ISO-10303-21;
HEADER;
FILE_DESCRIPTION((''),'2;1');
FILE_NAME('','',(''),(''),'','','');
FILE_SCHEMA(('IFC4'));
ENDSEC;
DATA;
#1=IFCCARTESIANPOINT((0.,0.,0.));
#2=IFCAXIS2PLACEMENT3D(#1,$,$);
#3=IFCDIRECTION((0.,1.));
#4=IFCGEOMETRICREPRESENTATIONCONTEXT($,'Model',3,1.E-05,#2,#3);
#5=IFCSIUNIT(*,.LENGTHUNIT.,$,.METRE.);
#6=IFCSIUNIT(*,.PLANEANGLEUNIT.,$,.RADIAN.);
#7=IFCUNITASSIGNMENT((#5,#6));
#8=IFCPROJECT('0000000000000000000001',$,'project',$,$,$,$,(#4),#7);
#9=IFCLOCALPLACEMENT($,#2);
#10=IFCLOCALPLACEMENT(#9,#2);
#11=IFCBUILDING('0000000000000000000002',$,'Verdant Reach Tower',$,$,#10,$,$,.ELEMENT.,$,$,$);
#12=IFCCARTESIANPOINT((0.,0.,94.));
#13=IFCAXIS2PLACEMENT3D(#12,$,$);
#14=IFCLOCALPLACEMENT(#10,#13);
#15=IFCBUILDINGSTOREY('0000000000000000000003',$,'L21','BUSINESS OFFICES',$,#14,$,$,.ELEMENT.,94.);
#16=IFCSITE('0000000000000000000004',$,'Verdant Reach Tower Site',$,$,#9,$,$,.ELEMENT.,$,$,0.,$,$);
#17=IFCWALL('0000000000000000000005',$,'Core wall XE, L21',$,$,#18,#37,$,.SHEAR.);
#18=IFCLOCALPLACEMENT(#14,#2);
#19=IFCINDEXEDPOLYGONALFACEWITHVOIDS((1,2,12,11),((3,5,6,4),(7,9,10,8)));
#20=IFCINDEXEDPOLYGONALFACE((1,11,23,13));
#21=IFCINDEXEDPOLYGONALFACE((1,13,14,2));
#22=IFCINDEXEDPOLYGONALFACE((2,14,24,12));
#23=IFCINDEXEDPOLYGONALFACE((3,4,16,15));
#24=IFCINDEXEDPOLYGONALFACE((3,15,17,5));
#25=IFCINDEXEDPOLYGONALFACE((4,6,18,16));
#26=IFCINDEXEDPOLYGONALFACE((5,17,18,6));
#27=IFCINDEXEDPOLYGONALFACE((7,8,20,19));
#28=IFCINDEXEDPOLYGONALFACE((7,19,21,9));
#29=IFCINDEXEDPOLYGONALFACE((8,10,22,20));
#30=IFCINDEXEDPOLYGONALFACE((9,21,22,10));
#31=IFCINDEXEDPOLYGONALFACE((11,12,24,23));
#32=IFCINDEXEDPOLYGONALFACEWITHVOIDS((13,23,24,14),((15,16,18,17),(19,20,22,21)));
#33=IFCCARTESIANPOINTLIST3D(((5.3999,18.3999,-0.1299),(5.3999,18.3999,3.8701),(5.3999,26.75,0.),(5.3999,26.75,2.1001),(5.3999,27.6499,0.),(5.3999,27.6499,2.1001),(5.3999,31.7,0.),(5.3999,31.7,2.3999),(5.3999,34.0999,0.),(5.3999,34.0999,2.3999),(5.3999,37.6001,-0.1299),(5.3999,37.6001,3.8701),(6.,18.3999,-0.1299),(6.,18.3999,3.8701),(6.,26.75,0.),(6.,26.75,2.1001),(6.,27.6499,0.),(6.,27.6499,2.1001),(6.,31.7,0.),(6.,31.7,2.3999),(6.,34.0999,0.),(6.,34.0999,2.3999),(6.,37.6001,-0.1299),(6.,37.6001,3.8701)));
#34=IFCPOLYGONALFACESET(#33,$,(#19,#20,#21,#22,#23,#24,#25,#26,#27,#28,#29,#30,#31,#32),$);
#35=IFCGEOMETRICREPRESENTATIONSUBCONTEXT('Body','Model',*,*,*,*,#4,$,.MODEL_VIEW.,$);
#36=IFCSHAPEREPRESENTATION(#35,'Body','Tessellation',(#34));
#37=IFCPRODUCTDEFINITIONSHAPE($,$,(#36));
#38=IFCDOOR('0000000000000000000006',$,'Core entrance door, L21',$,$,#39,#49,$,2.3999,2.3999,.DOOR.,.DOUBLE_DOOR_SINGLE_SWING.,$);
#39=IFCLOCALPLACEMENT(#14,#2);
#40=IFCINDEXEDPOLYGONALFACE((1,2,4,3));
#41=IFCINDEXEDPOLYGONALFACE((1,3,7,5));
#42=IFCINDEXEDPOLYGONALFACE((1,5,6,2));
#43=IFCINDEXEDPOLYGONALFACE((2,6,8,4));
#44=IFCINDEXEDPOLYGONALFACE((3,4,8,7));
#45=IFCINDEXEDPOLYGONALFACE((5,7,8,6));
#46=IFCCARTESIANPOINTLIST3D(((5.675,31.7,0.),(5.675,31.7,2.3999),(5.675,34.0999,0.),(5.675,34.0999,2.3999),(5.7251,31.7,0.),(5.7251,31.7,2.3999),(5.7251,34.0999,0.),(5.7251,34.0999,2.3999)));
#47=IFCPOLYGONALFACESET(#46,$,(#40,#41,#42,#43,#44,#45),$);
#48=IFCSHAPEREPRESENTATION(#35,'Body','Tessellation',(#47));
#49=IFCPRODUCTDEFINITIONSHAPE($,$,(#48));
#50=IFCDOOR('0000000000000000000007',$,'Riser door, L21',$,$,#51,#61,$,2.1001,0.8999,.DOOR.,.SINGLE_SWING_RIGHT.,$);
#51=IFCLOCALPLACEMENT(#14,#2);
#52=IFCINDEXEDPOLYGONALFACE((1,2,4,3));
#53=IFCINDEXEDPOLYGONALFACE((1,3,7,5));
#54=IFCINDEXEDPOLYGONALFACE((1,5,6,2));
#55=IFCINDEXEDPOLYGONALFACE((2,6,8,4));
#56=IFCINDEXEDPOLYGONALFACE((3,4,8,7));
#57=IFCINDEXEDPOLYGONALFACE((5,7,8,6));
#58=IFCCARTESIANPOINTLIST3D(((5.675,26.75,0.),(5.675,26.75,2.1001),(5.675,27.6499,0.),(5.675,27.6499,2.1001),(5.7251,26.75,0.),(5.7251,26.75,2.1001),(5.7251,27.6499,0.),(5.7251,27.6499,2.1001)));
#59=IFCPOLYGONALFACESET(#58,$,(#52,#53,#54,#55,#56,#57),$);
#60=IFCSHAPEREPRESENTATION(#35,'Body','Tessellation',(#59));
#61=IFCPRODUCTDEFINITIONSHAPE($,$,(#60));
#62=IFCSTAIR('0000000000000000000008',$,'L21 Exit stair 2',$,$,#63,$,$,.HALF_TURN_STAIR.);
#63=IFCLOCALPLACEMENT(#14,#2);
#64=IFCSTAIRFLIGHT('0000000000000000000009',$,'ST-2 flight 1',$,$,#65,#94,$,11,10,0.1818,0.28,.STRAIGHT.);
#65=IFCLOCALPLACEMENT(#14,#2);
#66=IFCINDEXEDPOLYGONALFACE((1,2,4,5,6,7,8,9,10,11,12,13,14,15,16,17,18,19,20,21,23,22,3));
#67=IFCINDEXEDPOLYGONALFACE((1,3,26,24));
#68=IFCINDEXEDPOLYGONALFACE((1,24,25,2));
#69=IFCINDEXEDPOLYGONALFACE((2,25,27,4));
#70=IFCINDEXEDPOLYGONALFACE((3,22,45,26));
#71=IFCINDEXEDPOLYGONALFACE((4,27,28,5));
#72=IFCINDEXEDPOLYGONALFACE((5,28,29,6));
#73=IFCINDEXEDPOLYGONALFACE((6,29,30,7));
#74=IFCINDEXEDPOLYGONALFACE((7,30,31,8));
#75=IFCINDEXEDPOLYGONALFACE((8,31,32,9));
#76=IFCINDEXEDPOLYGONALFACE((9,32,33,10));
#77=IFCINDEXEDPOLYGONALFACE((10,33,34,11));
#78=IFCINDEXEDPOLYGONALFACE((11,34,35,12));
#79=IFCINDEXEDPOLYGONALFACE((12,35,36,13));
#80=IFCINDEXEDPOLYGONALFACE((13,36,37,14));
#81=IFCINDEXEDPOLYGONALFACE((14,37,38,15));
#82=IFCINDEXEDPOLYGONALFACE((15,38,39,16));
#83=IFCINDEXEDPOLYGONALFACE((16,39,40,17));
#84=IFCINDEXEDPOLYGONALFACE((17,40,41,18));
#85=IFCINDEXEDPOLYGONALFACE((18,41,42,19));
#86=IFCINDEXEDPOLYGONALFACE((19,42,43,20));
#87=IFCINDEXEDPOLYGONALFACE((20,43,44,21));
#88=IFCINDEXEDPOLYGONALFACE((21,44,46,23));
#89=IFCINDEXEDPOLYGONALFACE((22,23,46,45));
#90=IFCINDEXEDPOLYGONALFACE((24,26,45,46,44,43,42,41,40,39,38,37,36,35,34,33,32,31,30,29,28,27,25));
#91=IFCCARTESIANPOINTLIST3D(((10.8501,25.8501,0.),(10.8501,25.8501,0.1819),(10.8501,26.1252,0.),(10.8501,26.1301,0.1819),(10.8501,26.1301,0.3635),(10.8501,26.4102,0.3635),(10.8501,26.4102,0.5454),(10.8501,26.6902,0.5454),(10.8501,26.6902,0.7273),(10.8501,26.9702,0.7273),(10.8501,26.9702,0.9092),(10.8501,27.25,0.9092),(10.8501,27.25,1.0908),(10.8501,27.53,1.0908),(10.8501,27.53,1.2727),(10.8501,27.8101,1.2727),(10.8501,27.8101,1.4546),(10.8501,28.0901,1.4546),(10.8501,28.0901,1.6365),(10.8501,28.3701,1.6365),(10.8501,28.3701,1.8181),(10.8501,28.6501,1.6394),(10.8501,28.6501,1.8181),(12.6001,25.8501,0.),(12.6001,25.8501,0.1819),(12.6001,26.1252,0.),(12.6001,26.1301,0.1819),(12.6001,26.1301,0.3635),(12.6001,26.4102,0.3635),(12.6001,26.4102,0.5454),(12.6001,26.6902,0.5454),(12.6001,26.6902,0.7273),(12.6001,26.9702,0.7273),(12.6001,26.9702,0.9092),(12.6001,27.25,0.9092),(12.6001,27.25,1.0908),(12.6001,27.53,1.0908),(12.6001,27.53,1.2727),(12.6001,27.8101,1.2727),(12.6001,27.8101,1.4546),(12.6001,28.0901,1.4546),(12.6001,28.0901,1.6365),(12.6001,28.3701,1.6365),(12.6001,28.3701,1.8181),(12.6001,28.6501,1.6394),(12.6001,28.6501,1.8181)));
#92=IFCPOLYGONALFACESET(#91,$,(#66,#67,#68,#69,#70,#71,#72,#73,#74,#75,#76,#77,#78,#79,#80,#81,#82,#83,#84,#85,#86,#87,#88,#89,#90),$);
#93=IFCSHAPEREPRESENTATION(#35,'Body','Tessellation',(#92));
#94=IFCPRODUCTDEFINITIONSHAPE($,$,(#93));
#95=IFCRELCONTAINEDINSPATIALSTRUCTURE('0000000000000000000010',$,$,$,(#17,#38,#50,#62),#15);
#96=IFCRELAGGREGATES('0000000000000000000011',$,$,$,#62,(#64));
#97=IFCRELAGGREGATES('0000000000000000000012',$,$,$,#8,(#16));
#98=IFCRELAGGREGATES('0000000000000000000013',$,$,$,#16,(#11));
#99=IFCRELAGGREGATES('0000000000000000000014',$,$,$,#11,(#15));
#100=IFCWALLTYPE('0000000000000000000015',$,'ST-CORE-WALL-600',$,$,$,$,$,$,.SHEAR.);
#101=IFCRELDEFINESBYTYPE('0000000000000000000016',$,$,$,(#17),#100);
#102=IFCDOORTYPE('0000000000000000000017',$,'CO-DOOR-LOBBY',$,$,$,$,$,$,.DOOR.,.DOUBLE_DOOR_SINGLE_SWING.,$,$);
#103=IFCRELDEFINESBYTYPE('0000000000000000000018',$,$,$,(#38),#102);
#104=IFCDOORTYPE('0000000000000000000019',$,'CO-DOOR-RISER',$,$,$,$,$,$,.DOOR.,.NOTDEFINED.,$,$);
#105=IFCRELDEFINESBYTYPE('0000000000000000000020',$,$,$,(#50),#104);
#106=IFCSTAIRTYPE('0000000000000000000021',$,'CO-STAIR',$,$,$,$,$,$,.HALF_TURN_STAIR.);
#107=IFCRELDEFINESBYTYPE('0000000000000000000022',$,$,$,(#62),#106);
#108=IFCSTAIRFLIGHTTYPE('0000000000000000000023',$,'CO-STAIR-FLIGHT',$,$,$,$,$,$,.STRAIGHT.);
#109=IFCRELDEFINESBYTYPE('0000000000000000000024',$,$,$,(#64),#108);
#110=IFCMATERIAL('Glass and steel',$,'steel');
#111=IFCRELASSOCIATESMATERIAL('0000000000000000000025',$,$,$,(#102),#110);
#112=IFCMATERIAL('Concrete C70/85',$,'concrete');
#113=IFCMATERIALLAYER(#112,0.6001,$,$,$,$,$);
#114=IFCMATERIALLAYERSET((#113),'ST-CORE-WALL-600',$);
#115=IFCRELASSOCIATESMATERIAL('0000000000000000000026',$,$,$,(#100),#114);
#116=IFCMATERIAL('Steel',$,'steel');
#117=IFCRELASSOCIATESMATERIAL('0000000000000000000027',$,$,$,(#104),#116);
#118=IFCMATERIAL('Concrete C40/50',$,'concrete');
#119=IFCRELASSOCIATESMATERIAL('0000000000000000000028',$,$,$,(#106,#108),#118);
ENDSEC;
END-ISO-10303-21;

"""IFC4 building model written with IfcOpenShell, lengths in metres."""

from ifc_helpers import new_model, si_unit, direction, frame, frame_2d, origin, place, context, subcontext, project, spatial, polyline, rectangle, outline, extrude, material, layer, layer_set, type_object, element, fill, aggregate, save


model = new_model("IFC4")

# Units and contexts
model_context = context("Model", 3, precision=1e-05, world=origin(), true_north=direction((0.0, 1.0)))
body_context = subcontext(model_context, "Body", "Model", "MODEL_VIEW")
ifc_project = project(units=[si_unit("LENGTHUNIT", "METRE"), si_unit("PLANEANGLEUNIT", "RADIAN")], contexts=[model_context])

# Site, building, storey
site_placement = place(None, origin())
site = spatial("IfcSite", under=ifc_project, at=site_placement, Name="Verdant Reach Tower Site", CompositionType="ELEMENT", RefElevation=0.0)
building_placement = place(site_placement, origin())
building = spatial("IfcBuilding", under=site, at=building_placement, Name="Verdant Reach Tower", CompositionType="ELEMENT")
storey_placement = place(building_placement, frame((0.0, 0.0, 94.0)))
storey = spatial("IfcBuildingStorey", under=building, at=storey_placement, Name="L21", Description="BUSINESS OFFICES", CompositionType="ELEMENT", Elevation=94.0)

# Shared definitions
ifc_material_1 = material(Name="Concrete C40/50", Category="concrete")

# Shared definitions
ifc_material_2 = material(Name="Steel", Category="steel")

# Wall, openings, doors
ifc_material_3 = material(Name="Concrete C70/85", Category="concrete")
ifc_material_4 = material(Name="Glass and steel", Category="steel")
door_type_1 = type_object("IfcDoorType", Name="CO-DOOR-LOBBY", OperationType="DOUBLE_DOOR_SINGLE_SWING", PredefinedType="DOOR", material=ifc_material_4)
ifc_layer_1 = layer(ifc_material_3, 0.6001)
ifc_layer_set_1 = layer_set([ifc_layer_1], Name="ST-CORE-WALL-600")
wall_type_1 = type_object("IfcWallType", Name="ST-CORE-WALL-600", PredefinedType="SHEAR", material=ifc_layer_set_1)
wall_1_placement = place(storey_placement, frame((5.7, 18.3999, -0.1299), z_axis=(0.0, 0.0, 1.0), x_axis=(0.0, 1.0, 0.0)))
wall_1 = element("IfcWall", 1, at=wall_1_placement, inside=storey, type_object=wall_type_1, Name="Core wall XE, L21", PredefinedType="SHEAR", context=body_context, shape_type="SweptSolid", body=[
    extrude(rectangle(XDim=19.2002, YDim=0.6001, at=frame_2d((9.6001, 0.0))), origin(), (0.0, 0.0, 1.0), 4.0),
])
opening_1_placement = place(wall_1_placement, frame((8.3501, 0.0, 0.1299)))
opening_1 = element("IfcOpeningElement", 2, at=opening_1_placement, cuts=wall_1, PredefinedType="OPENING", context=body_context, shape_type="SweptSolid", body=[
    extrude(rectangle(XDim=0.8999, YDim=2.1001, at=frame_2d((0.45, 1.05))), frame((0.0, 0.3101, 0.0), z_axis=(0.0, -1.0, 0.0), x_axis=(1.0, 0.0, 0.0)), (0.0, 0.0, 1.0), 0.6201),
])
opening_2_placement = place(wall_1_placement, frame((13.3, 0.0, 0.1299)))
opening_2 = element("IfcOpeningElement", 3, at=opening_2_placement, cuts=wall_1, PredefinedType="OPENING", context=body_context, shape_type="SweptSolid", body=[
    extrude(rectangle(XDim=2.3999, YDim=2.3999, at=frame_2d((1.2, 1.2))), frame((0.0, 0.3101, 0.0), z_axis=(0.0, -1.0, 0.0), x_axis=(1.0, 0.0, 0.0)), (0.0, 0.0, 1.0), 0.6201),
])
door_1_placement = place(opening_2_placement, origin())
door_1 = element("IfcDoor", 4, at=door_1_placement, inside=storey, type_object=door_type_1, Name="Core entrance door, L21", OperationType="DOUBLE_DOOR_SINGLE_SWING", OverallHeight=2.3999, OverallWidth=2.3999, PredefinedType="DOOR", context=body_context, shape_type="SweptSolid", body=[
    extrude(rectangle(XDim=2.3999, YDim=2.3999, at=frame_2d((1.2, 1.2))), frame((0.0, 0.0249, 0.0), z_axis=(0.0, -1.0, 0.0), x_axis=(1.0, 0.0, 0.0)), (0.0, 0.0, 1.0), 0.05),
])
fill(opening_2, door_1)
door_type_2 = type_object("IfcDoorType", Name="CO-DOOR-RISER", OperationType="NOTDEFINED", PredefinedType="DOOR", material=ifc_material_2)
door_2_placement = place(opening_1_placement, origin())
door_2 = element("IfcDoor", 5, at=door_2_placement, inside=storey, type_object=door_type_2, Name="Riser door, L21", OperationType="SINGLE_SWING_RIGHT", OverallHeight=2.1001, OverallWidth=0.8999, PredefinedType="DOOR", context=body_context, shape_type="SweptSolid", body=[
    extrude(rectangle(XDim=0.8999, YDim=2.1001, at=frame_2d((0.45, 1.05))), frame((0.0, 0.0249, 0.0), z_axis=(0.0, -1.0, 0.0), x_axis=(1.0, 0.0, 0.0)), (0.0, 0.0, 1.0), 0.05),
])
fill(opening_1, door_2)

# Stair, stair flight
stair_type = type_object("IfcStairType", Name="CO-STAIR", PredefinedType="HALF_TURN_STAIR", material=ifc_material_1)
stair_placement = place(storey_placement, origin())
stair = element("IfcStair", 6, at=stair_placement, inside=storey, type_object=stair_type, Name="L21 Exit stair 2", PredefinedType="HALF_TURN_STAIR")
stair_flight_type = type_object("IfcStairFlightType", Name="CO-STAIR-FLIGHT", PredefinedType="STRAIGHT", material=ifc_material_1)
stair_flight_placement = place(storey_placement, frame((11.7251, 25.8501, 0.0), z_axis=(0.0, 0.0, 1.0), x_axis=(0.0, 1.0, 0.0)))
stair_flight = element("IfcStairFlight", 7, at=stair_flight_placement, type_object=stair_flight_type, Name="ST-2 flight 1", NumberOfRisers=11, NumberOfTreads=10, PredefinedType="STRAIGHT", RiserHeight=0.1818, TreadLength=0.28, context=body_context, shape_type="SweptSolid", body=[
    extrude(outline(polyline([(0.0, 0.0), (0.0, 0.1819), (0.28, 0.1819), (0.28, 0.3635), (0.5601, 0.3635), (0.5601, 0.5454), (0.8401, 0.5454), (0.8401, 0.7273), (1.1201, 0.7273), (1.1201, 0.9092), (1.3999, 0.9092), (1.3999, 1.0908), (1.6799, 1.0908), (1.6799, 1.2727), (1.96, 1.2727), (1.96, 1.4546), (2.24, 1.4546), (2.24, 1.6365), (2.52, 1.6365), (2.52, 1.8181), (2.8, 1.8181), (2.8, 2.0), (2.8, 1.6394), (0.2751, 0.0), (0.0, 0.0)])), frame((0.0, 0.875, 0.0), z_axis=(0.0, -1.0, 0.0), x_axis=(1.0, 0.0, 0.0)), (0.0, 0.0, 1.0), 1.75),
])
aggregate(stair, [stair_flight])

save(model, "model.ifc")
